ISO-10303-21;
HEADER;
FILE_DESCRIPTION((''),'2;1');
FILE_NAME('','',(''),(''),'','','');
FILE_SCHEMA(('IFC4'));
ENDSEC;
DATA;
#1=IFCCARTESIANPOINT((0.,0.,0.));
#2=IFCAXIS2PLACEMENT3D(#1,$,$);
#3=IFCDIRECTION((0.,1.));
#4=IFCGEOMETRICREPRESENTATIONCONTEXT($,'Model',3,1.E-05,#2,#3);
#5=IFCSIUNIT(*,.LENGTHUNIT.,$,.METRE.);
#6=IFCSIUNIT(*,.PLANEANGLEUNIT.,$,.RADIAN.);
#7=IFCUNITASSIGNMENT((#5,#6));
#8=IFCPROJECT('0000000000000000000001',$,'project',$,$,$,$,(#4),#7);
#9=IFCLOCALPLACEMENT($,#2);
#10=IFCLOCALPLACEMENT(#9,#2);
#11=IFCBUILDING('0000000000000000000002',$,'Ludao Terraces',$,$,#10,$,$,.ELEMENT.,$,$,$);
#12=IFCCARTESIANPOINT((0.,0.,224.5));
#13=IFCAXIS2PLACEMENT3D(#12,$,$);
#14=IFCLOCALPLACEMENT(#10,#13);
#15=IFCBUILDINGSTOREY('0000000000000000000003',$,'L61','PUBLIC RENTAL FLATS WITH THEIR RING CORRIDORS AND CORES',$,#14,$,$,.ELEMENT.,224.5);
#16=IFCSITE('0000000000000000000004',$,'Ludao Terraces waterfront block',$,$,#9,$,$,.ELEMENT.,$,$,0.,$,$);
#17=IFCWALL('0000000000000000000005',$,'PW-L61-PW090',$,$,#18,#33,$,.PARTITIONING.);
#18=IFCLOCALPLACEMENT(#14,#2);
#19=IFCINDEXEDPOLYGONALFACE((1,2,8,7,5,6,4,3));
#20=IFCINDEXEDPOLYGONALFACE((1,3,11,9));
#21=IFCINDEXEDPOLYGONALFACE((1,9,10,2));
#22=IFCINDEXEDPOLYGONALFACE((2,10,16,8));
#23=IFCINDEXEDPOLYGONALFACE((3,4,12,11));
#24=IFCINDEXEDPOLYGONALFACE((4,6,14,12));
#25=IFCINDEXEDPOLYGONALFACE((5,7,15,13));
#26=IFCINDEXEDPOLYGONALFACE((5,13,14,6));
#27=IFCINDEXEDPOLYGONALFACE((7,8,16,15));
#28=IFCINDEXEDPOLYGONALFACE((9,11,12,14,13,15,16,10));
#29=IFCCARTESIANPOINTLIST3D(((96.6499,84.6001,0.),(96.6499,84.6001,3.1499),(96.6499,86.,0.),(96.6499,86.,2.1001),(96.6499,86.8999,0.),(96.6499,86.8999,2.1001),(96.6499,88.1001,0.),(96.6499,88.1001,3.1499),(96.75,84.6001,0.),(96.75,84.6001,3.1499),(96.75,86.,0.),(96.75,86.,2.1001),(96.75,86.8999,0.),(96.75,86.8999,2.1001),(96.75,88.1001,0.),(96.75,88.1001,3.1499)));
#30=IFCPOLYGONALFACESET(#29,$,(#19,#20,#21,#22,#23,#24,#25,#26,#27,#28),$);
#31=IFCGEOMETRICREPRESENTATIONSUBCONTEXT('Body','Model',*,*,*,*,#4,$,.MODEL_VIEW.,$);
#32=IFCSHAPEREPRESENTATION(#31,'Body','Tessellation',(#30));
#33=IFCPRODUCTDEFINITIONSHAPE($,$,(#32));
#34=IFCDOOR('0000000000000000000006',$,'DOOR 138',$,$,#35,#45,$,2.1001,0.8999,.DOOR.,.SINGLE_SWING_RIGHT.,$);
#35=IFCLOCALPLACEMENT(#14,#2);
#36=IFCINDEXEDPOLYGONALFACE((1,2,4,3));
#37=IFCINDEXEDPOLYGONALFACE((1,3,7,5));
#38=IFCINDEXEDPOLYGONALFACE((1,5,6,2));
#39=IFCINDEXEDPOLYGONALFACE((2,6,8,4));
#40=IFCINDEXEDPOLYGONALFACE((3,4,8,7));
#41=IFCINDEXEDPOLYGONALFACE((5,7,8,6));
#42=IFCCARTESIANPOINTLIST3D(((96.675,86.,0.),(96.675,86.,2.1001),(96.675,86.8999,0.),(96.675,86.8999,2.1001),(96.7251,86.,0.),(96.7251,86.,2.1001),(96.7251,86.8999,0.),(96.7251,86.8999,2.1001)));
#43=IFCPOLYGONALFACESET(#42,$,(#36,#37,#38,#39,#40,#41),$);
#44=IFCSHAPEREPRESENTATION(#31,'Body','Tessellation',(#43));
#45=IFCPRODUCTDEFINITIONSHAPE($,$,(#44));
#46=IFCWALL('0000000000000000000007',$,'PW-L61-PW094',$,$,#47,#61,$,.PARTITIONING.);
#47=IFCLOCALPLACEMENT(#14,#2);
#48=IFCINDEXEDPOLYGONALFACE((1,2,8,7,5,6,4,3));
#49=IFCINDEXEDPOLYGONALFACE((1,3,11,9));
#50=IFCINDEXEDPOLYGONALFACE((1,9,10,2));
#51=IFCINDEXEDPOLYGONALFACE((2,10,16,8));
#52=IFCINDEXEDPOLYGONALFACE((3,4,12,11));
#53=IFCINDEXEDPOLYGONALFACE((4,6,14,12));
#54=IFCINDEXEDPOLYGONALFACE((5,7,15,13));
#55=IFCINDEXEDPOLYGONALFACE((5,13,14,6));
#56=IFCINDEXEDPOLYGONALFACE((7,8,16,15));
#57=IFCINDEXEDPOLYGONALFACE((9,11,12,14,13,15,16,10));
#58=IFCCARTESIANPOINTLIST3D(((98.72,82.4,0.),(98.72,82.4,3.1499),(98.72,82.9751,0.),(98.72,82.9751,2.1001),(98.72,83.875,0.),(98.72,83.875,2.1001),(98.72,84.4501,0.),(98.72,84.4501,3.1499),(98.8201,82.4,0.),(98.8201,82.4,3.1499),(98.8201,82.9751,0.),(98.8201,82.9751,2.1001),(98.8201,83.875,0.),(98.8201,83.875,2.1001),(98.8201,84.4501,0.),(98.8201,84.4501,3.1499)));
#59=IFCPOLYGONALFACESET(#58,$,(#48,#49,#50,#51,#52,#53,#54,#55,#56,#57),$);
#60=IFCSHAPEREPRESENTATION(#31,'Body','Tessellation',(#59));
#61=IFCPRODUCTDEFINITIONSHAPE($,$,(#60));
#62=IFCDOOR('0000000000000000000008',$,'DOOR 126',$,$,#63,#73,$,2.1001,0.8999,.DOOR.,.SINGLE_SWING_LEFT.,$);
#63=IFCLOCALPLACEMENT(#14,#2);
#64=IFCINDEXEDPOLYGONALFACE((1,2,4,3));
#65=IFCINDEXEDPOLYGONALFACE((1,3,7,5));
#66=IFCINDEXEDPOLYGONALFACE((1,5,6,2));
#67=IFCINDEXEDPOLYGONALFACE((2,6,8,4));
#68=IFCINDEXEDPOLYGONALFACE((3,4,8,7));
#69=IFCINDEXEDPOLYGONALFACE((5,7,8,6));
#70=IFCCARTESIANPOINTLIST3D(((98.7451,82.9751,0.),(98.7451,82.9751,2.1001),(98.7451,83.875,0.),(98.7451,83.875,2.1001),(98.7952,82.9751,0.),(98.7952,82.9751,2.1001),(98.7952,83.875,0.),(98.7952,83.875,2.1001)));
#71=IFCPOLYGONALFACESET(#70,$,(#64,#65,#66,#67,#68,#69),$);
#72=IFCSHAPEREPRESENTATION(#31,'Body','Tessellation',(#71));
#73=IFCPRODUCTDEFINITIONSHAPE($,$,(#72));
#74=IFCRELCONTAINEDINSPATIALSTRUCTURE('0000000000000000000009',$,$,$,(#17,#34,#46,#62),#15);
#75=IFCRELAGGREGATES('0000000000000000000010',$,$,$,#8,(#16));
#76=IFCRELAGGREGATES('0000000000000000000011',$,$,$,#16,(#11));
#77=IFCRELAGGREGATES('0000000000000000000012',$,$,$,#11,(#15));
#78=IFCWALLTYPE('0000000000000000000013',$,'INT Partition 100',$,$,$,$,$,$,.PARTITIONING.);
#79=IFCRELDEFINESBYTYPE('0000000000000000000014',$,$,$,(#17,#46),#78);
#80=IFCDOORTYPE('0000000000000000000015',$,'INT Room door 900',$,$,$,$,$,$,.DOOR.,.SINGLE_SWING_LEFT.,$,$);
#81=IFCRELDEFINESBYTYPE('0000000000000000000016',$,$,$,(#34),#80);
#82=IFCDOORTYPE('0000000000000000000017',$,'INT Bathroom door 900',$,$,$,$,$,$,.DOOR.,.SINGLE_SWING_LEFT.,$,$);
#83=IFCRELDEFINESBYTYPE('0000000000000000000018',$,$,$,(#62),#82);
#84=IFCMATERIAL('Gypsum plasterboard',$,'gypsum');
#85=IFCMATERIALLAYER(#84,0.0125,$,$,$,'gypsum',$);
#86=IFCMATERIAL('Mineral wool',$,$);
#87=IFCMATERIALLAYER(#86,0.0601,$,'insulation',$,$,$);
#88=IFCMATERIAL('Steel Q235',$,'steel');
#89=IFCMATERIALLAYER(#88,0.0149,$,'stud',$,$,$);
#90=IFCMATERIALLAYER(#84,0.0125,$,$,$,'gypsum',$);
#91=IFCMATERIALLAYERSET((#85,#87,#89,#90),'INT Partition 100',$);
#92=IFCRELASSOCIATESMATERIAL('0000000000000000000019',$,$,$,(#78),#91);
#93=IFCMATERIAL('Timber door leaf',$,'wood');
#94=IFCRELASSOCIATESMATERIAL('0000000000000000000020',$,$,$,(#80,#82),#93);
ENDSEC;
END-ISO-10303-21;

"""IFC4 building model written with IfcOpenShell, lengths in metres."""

from ifc_helpers import new_model, si_unit, direction, frame, frame_2d, origin, place, context, subcontext, project, spatial, rectangle, extrude, material, layer, layer_set, type_object, element, fill, save


model = new_model("IFC4")

# Units and contexts
model_context = context("Model", 3, precision=1e-05, world=origin(), true_north=direction((0.0, 1.0)))
body_context = subcontext(model_context, "Body", "Model", "MODEL_VIEW")
ifc_project = project(units=[si_unit("LENGTHUNIT", "METRE"), si_unit("PLANEANGLEUNIT", "RADIAN")], contexts=[model_context])

# Site, building, storey
site_placement = place(None, origin())
site = spatial("IfcSite", under=ifc_project, at=site_placement, Name="Ludao Terraces waterfront block", CompositionType="ELEMENT", RefElevation=0.0)
building_placement = place(site_placement, origin())
building = spatial("IfcBuilding", under=site, at=building_placement, Name="Ludao Terraces", CompositionType="ELEMENT")
storey_placement = place(building_placement, frame((0.0, 0.0, 224.5)))
storey = spatial("IfcBuildingStorey", under=building, at=storey_placement, Name="L61", Description="PUBLIC RENTAL FLATS WITH THEIR RING CORRIDORS AND CORES", CompositionType="ELEMENT", Elevation=224.5)

# Shared definitions
ifc_material_1 = material(Name="Mineral wool")

# Shared definitions
ifc_material_2 = material(Name="Gypsum plasterboard", Category="gypsum")
ifc_layer_1 = layer(ifc_material_2, 0.0125, Category="gypsum")
ifc_layer_2 = layer(ifc_material_1, 0.0601, Name="insulation")
ifc_material_3 = material(Name="Steel Q235", Category="steel")
ifc_layer_3 = layer(ifc_material_3, 0.0149, Name="stud")
ifc_layer_4 = layer(ifc_material_2, 0.0125, Category="gypsum")
ifc_layer_set_1 = layer_set([ifc_layer_1, ifc_layer_2, ifc_layer_3, ifc_layer_4], Name="INT Partition 100")
wall_type_1 = type_object("IfcWallType", Name="INT Partition 100", PredefinedType="PARTITIONING", material=ifc_layer_set_1)

# Walls, openings, doors
ifc_material_4 = material(Name="Timber door leaf", Category="wood")
door_type_1 = type_object("IfcDoorType", Name="INT Room door 900", OperationType="SINGLE_SWING_LEFT", PredefinedType="DOOR", material=ifc_material_4)
wall_1_placement = place(storey_placement, frame((96.7, 84.6001, 0.0), z_axis=(0.0, 0.0, 1.0), x_axis=(0.0, 1.0, 0.0)))
wall_1 = element("IfcWall", 1, at=wall_1_placement, inside=storey, type_object=wall_type_1, Name="PW-L61-PW090", PredefinedType="PARTITIONING", context=body_context, shape_type="SweptSolid", body=[
    extrude(rectangle(XDim=3.5, YDim=0.1001, at=frame_2d((1.75, 0.0))), origin(), (0.0, 0.0, 1.0), 3.1499),
])
opening_1_placement = place(wall_1_placement, frame((1.3999, 0.0, 0.0)))
opening_1 = element("IfcOpeningElement", 2, at=opening_1_placement, cuts=wall_1, PredefinedType="OPENING", context=body_context, shape_type="SweptSolid", body=[
    extrude(rectangle(XDim=0.8999, YDim=2.1001, at=frame_2d((0.45, 1.05))), frame((0.0, 0.0601, 0.0), z_axis=(0.0, -1.0, 0.0), x_axis=(1.0, 0.0, 0.0)), (0.0, 0.0, 1.0), 0.1201),
])
door_1_placement = place(opening_1_placement, origin())
door_1 = element("IfcDoor", 3, at=door_1_placement, inside=storey, type_object=door_type_1, Name="DOOR 138", OperationType="SINGLE_SWING_RIGHT", OverallHeight=2.1001, OverallWidth=0.8999, PredefinedType="DOOR", context=body_context, shape_type="SweptSolid", body=[
    extrude(rectangle(XDim=0.8999, YDim=2.1001, at=frame_2d((0.45, 1.05))), frame((0.0, 0.0249, 0.0), z_axis=(0.0, -1.0, 0.0), x_axis=(1.0, 0.0, 0.0)), (0.0, 0.0, 1.0), 0.05),
])
fill(opening_1, door_1)
wall_2_placement = place(storey_placement, frame((98.77, 82.4001, 0.0), z_axis=(0.0, 0.0, 1.0), x_axis=(0.0, 1.0, 0.0)))
wall_2 = element("IfcWall", 4, at=wall_2_placement, inside=storey, type_object=wall_type_1, Name="PW-L61-PW094", PredefinedType="PARTITIONING", context=body_context, shape_type="SweptSolid", body=[
    extrude(rectangle(XDim=2.05, YDim=0.1001, at=frame_2d((1.0249, 0.0))), origin(), (0.0, 0.0, 1.0), 3.1499),
])
opening_2_placement = place(wall_2_placement, frame((0.575, 0.0, 0.0)))
opening_2 = element("IfcOpeningElement", 5, at=opening_2_placement, cuts=wall_2, PredefinedType="OPENING", context=body_context, shape_type="SweptSolid", body=[
    extrude(rectangle(XDim=0.8999, YDim=2.1001, at=frame_2d((0.45, 1.05))), frame((0.0, 0.0601, 0.0), z_axis=(0.0, -1.0, 0.0), x_axis=(1.0, 0.0, 0.0)), (0.0, 0.0, 1.0), 0.1201),
])
door_type_2 = type_object("IfcDoorType", Name="INT Bathroom door 900", OperationType="SINGLE_SWING_LEFT", PredefinedType="DOOR", material=ifc_material_4)
door_2_placement = place(opening_2_placement, origin())
door_2 = element("IfcDoor", 6, at=door_2_placement, inside=storey, type_object=door_type_2, Name="DOOR 126", OperationType="SINGLE_SWING_LEFT", OverallHeight=2.1001, OverallWidth=0.8999, PredefinedType="DOOR", context=body_context, shape_type="SweptSolid", body=[
    extrude(rectangle(XDim=0.8999, YDim=2.1001, at=frame_2d((0.45, 1.05))), frame((0.0, 0.0249, 0.0), z_axis=(0.0, -1.0, 0.0), x_axis=(1.0, 0.0, 0.0)), (0.0, 0.0, 1.0), 0.05),
])
fill(opening_2, door_2)

save(model, "model.ifc")
